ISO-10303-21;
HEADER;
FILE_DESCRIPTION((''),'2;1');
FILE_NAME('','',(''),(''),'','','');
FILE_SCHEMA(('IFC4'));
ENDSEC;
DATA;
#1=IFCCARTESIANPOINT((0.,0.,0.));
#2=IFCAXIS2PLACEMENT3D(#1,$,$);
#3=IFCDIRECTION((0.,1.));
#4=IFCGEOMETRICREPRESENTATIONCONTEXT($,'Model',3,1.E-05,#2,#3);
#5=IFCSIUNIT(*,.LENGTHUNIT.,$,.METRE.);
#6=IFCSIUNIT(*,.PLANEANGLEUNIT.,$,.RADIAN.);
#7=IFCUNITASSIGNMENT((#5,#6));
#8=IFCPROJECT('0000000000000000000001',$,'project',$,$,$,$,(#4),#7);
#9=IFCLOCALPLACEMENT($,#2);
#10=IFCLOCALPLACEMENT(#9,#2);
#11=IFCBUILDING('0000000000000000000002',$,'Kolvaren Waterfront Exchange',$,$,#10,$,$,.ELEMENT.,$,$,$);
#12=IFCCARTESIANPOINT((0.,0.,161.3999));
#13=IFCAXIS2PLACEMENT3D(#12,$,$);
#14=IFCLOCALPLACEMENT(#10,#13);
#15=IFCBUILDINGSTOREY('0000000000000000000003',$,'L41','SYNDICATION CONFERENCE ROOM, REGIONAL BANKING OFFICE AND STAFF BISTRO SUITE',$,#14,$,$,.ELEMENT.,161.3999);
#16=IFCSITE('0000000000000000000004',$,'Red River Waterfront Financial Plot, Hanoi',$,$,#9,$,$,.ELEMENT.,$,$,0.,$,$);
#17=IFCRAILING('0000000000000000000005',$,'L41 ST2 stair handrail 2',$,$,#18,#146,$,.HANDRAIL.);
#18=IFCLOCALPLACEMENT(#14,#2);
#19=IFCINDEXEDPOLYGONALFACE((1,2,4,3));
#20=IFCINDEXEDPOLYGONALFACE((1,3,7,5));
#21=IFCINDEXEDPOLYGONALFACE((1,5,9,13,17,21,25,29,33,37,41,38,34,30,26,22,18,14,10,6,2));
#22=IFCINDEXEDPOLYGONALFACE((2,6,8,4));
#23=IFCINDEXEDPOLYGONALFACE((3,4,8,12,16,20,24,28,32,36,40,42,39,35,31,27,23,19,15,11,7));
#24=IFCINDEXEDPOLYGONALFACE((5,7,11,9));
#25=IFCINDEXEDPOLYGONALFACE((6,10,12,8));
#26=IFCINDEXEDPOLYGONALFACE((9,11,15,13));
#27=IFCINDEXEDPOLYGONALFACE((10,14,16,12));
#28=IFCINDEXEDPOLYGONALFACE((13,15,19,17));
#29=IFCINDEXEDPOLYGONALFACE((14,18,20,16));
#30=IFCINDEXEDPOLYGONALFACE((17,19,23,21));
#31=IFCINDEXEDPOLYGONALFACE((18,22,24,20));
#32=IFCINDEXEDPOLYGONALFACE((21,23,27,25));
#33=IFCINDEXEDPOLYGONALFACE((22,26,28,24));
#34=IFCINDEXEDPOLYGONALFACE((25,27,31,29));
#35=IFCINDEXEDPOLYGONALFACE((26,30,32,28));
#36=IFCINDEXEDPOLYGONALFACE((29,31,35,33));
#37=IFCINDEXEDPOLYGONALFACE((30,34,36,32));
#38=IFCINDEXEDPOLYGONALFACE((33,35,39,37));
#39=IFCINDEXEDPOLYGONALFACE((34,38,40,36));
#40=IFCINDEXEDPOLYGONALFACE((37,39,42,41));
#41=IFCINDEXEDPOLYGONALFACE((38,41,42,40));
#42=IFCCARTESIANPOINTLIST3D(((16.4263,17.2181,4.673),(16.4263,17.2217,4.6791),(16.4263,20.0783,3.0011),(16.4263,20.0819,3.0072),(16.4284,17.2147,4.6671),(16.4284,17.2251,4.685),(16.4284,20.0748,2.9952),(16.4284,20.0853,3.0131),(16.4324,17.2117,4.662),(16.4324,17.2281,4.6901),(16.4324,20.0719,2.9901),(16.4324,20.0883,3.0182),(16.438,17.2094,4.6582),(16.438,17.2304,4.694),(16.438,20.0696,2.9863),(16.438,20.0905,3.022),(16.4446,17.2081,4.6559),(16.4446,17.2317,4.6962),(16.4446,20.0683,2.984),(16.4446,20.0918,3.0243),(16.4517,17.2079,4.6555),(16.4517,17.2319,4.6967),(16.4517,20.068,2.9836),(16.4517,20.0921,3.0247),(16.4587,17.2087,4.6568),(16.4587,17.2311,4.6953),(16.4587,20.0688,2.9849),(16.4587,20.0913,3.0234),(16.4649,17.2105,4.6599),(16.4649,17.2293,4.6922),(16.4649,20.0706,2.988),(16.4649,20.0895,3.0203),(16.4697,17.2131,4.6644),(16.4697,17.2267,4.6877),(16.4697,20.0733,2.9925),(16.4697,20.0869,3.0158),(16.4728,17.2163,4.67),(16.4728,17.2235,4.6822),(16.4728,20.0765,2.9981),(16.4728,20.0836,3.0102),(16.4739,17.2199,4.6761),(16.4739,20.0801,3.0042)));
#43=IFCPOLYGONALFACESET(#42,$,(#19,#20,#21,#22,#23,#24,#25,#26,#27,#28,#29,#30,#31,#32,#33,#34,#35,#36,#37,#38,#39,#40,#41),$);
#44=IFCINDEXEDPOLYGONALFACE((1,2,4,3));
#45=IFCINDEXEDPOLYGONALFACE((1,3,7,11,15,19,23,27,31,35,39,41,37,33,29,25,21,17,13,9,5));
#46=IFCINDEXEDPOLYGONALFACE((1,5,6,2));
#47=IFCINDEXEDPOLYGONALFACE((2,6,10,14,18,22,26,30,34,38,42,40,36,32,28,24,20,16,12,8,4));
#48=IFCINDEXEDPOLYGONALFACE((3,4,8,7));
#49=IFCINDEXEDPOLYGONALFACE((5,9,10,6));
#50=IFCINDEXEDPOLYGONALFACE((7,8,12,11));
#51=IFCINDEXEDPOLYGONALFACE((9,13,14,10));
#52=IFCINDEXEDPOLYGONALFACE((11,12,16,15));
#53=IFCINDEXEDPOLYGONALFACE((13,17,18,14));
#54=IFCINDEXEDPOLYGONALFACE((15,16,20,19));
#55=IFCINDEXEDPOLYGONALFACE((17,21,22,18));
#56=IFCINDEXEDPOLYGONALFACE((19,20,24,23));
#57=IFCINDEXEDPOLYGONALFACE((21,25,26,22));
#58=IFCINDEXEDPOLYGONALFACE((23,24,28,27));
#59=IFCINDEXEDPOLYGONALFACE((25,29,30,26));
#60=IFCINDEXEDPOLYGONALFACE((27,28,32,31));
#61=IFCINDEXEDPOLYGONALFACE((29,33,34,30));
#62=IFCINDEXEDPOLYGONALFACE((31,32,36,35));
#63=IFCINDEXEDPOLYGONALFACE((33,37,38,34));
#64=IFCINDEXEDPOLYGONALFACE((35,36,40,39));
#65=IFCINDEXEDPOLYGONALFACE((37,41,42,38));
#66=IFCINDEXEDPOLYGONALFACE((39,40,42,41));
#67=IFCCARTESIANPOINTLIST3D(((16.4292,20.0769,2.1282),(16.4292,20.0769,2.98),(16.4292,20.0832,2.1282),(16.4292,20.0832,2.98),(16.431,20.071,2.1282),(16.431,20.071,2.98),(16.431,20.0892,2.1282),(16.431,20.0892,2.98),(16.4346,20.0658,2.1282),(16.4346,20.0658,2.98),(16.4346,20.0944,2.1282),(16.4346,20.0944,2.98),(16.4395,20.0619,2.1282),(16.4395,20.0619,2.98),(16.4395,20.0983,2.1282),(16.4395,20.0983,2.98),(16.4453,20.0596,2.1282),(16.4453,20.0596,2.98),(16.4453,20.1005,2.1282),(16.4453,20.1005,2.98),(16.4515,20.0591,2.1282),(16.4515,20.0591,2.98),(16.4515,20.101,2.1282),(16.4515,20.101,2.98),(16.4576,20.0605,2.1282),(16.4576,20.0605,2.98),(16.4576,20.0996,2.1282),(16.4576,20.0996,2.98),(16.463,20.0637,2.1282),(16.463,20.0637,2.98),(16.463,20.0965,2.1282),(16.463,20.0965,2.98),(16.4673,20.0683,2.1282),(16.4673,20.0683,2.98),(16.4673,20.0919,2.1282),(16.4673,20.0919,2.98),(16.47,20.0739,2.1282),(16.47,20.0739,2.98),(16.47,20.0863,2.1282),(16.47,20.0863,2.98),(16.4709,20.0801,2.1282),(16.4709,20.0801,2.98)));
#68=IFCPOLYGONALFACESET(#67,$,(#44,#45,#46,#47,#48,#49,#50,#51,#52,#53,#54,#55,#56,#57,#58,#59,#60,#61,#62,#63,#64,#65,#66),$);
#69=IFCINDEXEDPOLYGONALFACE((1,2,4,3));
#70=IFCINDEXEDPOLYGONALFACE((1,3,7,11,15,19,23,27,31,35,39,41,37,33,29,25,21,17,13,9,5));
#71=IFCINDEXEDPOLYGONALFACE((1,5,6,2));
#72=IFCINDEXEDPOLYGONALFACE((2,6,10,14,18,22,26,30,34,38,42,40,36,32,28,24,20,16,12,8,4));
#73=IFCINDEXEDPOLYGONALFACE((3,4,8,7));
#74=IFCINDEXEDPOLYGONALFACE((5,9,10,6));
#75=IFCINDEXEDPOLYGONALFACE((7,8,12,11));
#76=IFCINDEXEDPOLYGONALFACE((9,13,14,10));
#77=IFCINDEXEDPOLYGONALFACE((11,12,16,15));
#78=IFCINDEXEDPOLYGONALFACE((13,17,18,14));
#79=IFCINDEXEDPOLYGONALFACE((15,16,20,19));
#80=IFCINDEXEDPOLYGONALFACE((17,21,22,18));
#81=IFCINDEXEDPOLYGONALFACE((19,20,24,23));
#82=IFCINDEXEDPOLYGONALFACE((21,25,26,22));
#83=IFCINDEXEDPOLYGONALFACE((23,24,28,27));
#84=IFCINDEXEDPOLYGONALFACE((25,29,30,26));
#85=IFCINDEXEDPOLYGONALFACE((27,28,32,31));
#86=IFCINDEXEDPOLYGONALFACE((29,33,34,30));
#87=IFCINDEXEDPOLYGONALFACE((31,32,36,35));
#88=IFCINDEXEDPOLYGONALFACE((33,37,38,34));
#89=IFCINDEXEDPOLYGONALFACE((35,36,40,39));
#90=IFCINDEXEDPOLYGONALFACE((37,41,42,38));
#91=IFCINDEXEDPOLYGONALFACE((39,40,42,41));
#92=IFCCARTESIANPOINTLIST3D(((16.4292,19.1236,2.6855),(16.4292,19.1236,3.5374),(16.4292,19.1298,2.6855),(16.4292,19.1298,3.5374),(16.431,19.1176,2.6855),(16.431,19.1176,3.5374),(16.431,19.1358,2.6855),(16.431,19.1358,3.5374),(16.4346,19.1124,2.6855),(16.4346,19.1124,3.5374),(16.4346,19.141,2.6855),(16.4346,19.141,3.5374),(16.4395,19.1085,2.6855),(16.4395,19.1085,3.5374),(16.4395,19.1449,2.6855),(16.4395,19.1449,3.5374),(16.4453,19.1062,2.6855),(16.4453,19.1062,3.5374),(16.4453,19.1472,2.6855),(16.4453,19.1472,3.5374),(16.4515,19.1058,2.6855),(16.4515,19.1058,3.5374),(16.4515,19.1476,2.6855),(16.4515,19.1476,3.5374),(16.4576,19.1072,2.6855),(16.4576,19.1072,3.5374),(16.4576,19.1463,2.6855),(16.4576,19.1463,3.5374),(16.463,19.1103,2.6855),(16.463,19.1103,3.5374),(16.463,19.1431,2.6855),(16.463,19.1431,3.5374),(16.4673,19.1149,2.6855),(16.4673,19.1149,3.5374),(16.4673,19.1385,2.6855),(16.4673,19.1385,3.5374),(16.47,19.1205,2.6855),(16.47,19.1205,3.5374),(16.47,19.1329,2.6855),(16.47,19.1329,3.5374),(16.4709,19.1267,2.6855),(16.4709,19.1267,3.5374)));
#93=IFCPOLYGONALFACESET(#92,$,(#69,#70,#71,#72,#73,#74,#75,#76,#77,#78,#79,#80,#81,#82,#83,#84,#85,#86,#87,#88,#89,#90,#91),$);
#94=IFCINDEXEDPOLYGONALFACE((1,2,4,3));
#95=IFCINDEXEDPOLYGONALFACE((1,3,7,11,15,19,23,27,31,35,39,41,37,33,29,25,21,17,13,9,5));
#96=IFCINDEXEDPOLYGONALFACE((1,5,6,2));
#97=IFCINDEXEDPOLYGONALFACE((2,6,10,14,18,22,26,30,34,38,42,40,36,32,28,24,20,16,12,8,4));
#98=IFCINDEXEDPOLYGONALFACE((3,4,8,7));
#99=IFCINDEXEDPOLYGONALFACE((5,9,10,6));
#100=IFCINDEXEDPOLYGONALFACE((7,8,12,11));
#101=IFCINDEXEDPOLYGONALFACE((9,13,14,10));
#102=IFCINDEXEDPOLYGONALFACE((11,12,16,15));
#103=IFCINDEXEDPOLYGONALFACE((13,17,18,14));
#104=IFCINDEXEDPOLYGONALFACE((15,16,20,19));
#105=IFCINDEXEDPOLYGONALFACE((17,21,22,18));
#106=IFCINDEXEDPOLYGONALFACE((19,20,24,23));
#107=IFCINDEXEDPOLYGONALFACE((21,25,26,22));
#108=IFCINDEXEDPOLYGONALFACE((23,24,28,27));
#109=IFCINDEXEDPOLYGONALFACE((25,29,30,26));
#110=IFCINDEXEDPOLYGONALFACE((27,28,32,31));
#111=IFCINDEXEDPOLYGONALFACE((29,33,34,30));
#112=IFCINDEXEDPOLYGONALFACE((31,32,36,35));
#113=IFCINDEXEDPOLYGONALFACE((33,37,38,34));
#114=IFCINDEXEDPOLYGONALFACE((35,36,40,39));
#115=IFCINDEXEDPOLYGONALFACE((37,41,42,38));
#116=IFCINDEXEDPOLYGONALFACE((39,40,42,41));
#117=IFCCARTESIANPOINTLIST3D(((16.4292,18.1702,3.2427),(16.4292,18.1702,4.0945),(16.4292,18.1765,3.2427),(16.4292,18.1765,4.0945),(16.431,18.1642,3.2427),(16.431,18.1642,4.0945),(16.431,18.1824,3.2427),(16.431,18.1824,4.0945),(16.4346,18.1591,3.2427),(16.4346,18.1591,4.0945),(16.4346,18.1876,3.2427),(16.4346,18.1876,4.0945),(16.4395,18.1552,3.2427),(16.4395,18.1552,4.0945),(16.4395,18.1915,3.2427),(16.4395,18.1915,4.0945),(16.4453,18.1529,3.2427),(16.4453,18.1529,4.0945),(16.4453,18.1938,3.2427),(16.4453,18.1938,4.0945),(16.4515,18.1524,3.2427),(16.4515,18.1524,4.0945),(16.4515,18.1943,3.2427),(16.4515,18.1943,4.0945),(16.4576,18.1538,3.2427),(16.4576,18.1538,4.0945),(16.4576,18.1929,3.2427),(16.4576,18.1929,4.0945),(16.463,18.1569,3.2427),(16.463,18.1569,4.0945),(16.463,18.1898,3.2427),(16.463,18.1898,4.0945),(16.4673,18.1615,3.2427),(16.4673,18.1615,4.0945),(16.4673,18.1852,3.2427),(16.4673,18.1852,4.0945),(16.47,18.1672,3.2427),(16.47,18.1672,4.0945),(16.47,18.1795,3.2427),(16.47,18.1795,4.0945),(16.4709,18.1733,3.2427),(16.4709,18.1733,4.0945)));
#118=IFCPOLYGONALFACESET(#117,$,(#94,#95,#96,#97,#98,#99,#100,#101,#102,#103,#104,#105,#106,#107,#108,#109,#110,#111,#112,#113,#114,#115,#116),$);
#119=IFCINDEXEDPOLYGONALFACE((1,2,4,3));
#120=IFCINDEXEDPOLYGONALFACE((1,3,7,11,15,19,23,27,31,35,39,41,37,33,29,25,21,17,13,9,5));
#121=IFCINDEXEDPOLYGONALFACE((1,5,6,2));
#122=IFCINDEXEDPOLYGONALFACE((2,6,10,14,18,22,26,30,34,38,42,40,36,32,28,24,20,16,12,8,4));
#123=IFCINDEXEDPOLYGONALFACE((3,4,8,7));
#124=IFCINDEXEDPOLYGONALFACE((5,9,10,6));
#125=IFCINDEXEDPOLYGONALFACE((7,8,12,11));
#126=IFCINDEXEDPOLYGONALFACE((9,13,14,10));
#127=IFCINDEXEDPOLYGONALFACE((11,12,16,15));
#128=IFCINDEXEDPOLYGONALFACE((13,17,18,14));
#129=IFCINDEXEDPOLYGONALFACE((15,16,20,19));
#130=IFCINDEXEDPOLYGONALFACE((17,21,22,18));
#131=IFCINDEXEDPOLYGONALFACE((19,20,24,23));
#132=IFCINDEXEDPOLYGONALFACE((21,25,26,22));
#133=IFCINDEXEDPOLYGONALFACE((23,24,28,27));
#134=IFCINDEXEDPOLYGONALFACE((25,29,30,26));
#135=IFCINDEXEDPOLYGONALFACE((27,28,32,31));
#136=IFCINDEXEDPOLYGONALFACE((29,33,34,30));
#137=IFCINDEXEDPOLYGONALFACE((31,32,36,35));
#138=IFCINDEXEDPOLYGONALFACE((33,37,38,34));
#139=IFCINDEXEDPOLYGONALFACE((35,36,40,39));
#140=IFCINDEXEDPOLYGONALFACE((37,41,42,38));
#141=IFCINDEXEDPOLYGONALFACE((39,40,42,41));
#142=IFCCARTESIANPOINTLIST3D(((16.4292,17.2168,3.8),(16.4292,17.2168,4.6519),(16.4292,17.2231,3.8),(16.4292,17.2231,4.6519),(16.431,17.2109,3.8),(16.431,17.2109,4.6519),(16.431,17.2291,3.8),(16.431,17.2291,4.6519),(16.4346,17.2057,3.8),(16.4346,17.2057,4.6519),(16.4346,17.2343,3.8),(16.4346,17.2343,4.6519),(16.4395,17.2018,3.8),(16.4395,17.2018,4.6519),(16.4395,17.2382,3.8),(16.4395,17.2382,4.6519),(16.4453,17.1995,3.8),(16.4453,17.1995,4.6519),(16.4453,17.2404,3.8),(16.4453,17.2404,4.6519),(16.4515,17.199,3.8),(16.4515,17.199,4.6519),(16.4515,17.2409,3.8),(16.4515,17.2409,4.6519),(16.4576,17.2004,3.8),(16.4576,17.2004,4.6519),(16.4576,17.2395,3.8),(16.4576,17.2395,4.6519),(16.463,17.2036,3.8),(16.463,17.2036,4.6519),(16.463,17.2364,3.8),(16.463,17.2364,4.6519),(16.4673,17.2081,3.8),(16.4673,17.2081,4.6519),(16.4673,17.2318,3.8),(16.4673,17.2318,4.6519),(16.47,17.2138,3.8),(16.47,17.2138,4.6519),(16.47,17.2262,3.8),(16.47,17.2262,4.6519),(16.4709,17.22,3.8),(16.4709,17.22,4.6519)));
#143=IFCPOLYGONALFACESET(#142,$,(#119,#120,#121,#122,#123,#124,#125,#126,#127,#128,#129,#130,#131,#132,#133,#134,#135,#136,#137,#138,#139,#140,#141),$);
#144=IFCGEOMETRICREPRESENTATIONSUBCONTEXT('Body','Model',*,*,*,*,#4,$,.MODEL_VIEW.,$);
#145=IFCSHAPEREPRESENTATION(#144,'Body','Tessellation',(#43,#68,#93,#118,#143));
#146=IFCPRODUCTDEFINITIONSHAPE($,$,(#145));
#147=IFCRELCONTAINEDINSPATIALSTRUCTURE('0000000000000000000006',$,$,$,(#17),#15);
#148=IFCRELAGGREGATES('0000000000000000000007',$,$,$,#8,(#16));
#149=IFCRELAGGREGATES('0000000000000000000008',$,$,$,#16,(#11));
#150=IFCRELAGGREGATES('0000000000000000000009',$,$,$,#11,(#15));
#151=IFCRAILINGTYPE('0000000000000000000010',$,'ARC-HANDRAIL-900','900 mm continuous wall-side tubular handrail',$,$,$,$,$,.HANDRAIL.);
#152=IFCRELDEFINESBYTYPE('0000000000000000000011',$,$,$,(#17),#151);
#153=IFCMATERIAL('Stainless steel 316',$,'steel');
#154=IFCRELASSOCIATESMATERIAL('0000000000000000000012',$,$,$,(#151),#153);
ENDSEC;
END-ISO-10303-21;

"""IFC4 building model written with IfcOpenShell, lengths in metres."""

from ifc_helpers import new_model, si_unit, direction, frame, origin, origin_2d, place, context, subcontext, project, spatial, circle, extrude, material, type_object, element, save


model = new_model("IFC4")

# Units and contexts
model_context = context("Model", 3, precision=1e-05, world=origin(), true_north=direction((0.0, 1.0)))
body_context = subcontext(model_context, "Body", "Model", "MODEL_VIEW")
ifc_project = project(units=[si_unit("LENGTHUNIT", "METRE"), si_unit("PLANEANGLEUNIT", "RADIAN")], contexts=[model_context])

# Site, building, storey
site_placement = place(None, origin())
site = spatial("IfcSite", under=ifc_project, at=site_placement, Name="Red River Waterfront Financial Plot, Hanoi", CompositionType="ELEMENT", RefElevation=0.0)
building_placement = place(site_placement, origin())
building = spatial("IfcBuilding", under=site, at=building_placement, Name="Kolvaren Waterfront Exchange", CompositionType="ELEMENT")
storey_placement = place(building_placement, frame((0.0, 0.0, 161.3999)))
storey = spatial("IfcBuildingStorey", under=building, at=storey_placement, Name="L41", Description="SYNDICATION CONFERENCE ROOM, REGIONAL BANKING OFFICE AND STAFF BISTRO SUITE", CompositionType="ELEMENT", Elevation=161.3999)

# Railing
ifc_material_1 = material(Name="Stainless steel 316", Category="steel")
railing_type_1 = type_object("IfcRailingType", Name="ARC-HANDRAIL-900", Description="900 mm continuous wall-side tubular handrail", PredefinedType="HANDRAIL", material=ifc_material_1)
railing_1_placement = place(storey_placement, frame((16.45, 20.0801, 2.1282)))
element("IfcRailing", 1, at=railing_1_placement, inside=storey, type_object=railing_type_1, Name="L41 ST2 stair handrail 2", PredefinedType="HANDRAIL", context=body_context, shape_type="SweptSolid", body=[
    extrude(circle(Radius=0.0239, at=origin_2d()), frame((0.0, 0.0, 0.876), z_axis=(0.0, -0.863321, 0.504654), x_axis=(1.0, 0.0, 0.0)), (0.0, 0.0, 1.0), 3.313),
    extrude(circle(Radius=0.021, at=origin_2d()), origin(), (0.0, 0.0, 1.0), 0.8518),
    extrude(circle(Radius=0.021, at=origin_2d()), frame((0.0, -0.9534, 0.5574)), (0.0, 0.0, 1.0), 0.8518),
    extrude(circle(Radius=0.021, at=origin_2d()), frame((0.0, -1.9067, 1.1145)), (0.0, 0.0, 1.0), 0.8518),
    extrude(circle(Radius=0.021, at=origin_2d()), frame((0.0, -2.8601, 1.6719)), (0.0, 0.0, 1.0), 0.8518),
])

save(model, "model.ifc")
